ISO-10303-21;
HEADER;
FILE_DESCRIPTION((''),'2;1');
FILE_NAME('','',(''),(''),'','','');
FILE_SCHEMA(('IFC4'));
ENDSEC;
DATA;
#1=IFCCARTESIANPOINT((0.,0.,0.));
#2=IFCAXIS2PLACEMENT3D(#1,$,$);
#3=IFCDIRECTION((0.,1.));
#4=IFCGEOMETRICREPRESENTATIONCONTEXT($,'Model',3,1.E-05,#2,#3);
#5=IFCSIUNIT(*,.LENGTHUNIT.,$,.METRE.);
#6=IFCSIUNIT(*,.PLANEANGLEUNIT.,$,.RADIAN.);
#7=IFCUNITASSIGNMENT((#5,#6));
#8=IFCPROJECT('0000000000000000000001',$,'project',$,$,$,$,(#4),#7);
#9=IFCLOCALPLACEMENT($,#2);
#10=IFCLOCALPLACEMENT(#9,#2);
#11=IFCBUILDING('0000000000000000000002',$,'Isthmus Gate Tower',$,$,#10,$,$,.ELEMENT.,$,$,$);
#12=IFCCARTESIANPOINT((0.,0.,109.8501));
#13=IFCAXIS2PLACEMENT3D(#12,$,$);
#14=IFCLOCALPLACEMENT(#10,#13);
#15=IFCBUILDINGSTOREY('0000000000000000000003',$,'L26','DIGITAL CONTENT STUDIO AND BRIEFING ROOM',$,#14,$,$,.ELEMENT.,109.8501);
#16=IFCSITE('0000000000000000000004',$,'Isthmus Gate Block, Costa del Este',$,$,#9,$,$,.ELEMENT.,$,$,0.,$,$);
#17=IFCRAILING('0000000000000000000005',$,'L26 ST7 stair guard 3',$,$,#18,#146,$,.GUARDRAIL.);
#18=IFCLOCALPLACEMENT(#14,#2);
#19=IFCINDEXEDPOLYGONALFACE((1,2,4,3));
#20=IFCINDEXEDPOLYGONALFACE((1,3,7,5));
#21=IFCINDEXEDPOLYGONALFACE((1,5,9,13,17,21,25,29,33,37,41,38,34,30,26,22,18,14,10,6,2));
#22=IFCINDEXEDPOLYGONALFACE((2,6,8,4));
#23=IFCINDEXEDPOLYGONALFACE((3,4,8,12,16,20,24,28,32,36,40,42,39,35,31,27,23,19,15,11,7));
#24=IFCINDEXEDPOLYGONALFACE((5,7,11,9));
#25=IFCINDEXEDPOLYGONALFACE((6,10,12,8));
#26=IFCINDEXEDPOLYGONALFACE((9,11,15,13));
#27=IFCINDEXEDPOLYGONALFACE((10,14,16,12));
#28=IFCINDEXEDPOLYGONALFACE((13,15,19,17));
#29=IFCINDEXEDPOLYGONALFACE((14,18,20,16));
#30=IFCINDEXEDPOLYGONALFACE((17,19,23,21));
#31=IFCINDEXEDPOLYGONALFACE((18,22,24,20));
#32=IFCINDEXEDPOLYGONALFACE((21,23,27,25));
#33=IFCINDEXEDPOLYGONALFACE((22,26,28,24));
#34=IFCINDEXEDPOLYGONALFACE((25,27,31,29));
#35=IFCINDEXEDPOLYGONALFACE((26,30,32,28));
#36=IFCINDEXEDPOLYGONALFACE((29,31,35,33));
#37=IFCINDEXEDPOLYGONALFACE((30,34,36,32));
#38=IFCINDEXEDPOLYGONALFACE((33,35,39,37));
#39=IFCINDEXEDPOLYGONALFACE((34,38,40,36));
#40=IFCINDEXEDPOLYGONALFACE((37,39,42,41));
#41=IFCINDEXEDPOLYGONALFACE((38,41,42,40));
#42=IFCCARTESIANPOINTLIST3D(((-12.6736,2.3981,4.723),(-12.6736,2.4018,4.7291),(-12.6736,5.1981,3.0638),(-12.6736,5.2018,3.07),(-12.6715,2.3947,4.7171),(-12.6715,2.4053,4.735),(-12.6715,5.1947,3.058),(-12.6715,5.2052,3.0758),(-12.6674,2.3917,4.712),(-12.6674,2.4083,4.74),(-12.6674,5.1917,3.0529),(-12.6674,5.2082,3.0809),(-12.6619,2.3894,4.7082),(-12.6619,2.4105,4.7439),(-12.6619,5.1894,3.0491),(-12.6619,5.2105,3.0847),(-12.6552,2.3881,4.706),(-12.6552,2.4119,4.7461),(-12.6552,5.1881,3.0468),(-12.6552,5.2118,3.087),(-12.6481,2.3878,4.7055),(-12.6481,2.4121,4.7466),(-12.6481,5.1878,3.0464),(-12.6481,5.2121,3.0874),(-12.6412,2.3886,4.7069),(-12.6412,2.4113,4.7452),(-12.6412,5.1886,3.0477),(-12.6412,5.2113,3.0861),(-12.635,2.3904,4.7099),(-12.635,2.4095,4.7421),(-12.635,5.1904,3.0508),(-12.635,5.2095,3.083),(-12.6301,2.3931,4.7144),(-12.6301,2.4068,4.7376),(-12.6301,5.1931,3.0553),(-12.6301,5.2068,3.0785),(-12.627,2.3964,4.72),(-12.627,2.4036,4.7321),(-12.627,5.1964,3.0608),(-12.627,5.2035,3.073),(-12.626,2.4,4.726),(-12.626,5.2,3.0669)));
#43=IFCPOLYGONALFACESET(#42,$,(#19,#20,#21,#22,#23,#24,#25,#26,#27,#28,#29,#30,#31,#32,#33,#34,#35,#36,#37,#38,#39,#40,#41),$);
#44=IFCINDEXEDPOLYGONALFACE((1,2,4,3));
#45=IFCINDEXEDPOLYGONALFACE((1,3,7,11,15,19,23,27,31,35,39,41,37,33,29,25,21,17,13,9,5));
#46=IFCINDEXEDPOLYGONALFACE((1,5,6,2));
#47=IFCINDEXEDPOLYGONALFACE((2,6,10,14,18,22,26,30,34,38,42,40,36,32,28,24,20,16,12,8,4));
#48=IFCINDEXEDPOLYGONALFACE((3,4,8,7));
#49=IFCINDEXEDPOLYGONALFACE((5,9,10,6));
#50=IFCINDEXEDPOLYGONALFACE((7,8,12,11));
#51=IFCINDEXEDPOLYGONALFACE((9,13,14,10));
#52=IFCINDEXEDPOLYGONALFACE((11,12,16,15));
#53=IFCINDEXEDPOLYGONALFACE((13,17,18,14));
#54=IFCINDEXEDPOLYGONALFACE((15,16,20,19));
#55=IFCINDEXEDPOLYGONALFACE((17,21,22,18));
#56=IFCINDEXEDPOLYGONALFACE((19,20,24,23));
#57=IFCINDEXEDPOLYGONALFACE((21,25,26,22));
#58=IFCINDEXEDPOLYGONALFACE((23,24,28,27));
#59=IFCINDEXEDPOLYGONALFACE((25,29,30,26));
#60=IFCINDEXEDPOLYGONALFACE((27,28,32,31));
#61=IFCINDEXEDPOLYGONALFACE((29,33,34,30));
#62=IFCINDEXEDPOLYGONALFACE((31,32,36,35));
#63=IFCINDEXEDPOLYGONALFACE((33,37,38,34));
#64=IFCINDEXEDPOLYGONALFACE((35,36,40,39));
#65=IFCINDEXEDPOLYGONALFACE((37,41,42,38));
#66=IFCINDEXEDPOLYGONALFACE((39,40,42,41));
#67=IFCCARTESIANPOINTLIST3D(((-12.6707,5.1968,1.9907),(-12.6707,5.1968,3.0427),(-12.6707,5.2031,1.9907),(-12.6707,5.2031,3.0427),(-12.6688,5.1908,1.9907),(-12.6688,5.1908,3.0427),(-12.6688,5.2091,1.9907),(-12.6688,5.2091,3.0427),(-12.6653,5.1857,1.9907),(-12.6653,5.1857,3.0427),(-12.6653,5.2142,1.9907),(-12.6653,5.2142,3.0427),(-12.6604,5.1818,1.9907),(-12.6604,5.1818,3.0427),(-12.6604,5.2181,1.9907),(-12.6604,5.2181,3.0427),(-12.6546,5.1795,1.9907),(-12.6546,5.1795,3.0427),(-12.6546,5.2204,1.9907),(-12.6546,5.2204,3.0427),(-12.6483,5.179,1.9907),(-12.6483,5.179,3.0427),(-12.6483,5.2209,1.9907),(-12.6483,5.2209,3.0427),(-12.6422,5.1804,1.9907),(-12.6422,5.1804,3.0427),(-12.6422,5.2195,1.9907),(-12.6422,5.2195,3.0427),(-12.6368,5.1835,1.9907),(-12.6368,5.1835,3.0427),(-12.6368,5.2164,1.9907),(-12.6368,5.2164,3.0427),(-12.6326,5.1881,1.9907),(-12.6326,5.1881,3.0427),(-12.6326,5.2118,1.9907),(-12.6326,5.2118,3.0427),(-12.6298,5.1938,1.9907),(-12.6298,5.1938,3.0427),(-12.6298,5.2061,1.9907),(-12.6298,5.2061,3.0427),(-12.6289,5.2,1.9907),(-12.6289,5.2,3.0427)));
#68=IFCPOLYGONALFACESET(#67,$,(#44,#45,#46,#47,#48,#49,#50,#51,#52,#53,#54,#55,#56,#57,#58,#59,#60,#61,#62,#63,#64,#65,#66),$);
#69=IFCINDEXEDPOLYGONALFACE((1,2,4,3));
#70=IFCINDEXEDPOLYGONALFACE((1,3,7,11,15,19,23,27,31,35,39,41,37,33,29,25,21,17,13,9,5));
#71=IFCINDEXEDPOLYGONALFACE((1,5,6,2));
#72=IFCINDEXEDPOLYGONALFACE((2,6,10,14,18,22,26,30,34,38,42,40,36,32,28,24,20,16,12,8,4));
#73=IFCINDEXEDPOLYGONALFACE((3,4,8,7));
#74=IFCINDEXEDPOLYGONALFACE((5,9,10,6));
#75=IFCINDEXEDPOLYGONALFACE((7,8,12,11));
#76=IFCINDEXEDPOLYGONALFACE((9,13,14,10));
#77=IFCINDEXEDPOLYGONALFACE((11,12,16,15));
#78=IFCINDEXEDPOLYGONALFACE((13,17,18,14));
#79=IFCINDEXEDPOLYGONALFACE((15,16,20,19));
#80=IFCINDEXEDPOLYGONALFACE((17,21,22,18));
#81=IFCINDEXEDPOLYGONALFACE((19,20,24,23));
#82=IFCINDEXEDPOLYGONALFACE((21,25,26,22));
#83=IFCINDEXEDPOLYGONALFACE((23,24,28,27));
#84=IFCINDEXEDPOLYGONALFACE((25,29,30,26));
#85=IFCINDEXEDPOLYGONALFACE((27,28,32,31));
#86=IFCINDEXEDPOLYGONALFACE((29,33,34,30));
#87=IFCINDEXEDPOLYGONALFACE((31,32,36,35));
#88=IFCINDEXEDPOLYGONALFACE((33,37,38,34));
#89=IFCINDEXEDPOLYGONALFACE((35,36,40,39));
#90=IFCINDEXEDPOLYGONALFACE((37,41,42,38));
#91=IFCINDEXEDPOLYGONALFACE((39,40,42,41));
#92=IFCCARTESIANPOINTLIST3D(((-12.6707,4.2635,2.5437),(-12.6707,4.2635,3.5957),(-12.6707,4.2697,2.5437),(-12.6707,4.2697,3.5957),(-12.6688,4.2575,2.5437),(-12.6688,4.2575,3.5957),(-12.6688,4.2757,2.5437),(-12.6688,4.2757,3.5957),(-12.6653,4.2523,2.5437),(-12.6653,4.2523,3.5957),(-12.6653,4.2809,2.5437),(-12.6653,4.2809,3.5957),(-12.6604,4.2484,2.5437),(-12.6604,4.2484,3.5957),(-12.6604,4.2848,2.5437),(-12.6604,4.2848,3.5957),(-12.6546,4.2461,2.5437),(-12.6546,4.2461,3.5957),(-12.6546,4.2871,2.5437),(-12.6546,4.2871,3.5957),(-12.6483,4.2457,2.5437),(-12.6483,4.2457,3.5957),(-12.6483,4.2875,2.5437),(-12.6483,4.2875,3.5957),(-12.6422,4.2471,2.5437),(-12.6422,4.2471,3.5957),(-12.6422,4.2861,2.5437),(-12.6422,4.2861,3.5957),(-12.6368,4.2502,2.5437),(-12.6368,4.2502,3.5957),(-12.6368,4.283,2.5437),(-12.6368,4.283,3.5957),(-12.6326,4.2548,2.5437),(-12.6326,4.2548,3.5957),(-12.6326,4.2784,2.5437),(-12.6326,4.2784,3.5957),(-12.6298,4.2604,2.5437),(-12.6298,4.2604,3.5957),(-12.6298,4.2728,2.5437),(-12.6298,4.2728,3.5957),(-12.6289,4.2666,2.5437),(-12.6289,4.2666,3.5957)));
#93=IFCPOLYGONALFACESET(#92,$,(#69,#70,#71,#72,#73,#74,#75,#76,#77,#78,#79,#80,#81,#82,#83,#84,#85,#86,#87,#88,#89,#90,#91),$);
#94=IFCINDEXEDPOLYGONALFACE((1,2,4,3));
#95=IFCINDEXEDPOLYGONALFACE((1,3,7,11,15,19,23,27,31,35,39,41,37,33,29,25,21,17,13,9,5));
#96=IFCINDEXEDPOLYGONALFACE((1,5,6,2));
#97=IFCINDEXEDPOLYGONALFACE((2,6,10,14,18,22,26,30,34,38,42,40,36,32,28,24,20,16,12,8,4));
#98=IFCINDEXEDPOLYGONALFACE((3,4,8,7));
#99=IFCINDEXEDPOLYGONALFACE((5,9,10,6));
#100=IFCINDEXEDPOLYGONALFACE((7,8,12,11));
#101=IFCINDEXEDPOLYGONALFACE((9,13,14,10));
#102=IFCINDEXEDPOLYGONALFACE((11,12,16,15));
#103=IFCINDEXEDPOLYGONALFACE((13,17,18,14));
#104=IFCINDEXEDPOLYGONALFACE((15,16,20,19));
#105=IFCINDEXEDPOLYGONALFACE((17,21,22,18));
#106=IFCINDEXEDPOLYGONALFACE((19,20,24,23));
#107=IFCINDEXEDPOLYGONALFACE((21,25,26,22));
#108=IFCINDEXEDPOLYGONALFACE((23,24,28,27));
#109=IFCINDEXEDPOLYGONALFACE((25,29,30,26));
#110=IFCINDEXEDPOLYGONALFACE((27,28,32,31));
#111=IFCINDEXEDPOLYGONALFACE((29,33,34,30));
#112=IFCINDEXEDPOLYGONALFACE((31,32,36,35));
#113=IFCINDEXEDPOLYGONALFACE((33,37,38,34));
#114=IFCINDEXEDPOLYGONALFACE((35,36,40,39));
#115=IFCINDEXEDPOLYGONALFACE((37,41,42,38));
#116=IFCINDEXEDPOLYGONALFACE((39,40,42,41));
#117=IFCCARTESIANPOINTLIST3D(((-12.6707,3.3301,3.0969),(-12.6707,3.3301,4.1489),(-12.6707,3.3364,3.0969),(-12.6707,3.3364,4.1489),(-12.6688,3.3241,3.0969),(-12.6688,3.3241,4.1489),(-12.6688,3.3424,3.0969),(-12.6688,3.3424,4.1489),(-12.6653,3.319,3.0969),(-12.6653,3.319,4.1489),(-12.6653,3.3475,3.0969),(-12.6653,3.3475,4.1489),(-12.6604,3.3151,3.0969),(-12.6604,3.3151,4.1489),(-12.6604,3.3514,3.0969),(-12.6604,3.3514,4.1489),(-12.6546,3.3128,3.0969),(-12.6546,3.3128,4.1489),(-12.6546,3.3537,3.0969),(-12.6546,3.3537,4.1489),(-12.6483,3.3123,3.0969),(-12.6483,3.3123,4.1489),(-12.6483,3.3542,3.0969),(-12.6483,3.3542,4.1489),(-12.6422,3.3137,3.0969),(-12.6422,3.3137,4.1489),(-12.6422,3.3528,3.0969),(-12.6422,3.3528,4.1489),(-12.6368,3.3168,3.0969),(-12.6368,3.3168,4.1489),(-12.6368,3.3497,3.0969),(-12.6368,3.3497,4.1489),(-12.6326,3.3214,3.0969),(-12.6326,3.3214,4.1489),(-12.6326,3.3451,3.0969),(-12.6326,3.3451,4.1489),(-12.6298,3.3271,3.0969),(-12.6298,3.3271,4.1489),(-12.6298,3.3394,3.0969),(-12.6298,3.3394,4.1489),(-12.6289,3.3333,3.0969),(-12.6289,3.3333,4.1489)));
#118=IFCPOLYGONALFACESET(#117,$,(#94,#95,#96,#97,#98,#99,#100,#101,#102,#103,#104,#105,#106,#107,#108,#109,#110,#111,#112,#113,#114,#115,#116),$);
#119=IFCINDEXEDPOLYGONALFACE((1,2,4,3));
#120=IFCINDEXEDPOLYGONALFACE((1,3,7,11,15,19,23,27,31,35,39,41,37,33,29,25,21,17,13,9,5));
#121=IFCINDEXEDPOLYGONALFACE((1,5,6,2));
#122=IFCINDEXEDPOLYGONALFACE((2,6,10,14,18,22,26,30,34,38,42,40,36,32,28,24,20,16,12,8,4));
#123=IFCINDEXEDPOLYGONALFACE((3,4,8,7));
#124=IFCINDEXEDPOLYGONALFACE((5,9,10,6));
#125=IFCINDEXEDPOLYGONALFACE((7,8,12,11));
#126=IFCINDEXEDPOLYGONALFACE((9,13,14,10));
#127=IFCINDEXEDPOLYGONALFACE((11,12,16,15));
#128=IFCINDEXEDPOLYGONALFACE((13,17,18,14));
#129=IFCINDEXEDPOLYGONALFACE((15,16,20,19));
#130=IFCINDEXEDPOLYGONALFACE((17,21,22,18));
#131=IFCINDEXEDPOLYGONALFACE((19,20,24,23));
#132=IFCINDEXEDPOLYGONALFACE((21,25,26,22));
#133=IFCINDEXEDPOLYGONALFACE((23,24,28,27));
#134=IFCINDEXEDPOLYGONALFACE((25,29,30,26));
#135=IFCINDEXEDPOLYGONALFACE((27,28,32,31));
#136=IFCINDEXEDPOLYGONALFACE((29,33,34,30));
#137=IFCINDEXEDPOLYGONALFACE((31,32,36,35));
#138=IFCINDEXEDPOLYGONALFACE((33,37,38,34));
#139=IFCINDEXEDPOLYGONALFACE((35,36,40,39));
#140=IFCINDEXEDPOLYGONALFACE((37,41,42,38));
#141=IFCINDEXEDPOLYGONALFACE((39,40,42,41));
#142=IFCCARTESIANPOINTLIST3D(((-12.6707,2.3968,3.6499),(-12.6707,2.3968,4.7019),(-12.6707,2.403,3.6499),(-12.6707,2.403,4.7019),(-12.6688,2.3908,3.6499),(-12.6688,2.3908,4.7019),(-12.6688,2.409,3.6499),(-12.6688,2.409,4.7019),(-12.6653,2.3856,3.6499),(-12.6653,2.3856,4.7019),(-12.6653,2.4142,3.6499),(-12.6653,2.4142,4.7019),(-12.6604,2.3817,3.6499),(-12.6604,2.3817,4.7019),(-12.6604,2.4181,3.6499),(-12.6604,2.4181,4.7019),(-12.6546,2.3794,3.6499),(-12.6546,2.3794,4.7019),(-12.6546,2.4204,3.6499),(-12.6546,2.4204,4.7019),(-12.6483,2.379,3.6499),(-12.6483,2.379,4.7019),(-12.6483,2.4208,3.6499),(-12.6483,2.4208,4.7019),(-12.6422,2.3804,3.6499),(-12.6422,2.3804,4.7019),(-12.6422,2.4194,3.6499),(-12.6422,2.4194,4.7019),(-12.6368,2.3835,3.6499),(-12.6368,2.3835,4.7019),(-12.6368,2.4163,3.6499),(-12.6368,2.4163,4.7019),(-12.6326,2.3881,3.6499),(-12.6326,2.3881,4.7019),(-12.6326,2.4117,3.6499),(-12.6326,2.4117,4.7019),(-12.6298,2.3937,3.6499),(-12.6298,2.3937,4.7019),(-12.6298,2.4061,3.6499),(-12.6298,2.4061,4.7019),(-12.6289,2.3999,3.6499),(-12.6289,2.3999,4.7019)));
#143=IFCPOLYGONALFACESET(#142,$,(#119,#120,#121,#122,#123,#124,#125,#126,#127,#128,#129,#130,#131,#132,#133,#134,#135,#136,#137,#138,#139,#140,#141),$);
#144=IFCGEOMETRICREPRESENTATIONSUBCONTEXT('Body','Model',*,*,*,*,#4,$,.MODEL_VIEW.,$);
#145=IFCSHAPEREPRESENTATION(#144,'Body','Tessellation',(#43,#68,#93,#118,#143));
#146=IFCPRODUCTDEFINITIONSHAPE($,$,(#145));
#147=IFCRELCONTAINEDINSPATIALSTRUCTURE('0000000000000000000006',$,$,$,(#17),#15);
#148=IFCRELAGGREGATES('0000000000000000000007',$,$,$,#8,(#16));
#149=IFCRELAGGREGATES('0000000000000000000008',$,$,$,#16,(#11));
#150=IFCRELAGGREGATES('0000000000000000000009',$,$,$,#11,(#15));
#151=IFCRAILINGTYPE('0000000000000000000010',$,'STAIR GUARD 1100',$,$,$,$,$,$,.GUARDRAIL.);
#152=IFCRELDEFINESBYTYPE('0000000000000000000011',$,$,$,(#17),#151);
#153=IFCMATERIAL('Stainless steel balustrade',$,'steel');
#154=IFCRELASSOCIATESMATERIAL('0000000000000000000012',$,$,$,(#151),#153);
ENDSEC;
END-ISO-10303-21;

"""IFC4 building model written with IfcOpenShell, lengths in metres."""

from ifc_helpers import new_model, si_unit, direction, frame, origin, origin_2d, place, context, subcontext, project, spatial, circle, extrude, material, type_object, element, save


model = new_model("IFC4")

# Units and contexts
model_context = context("Model", 3, precision=1e-05, world=origin(), true_north=direction((0.0, 1.0)))
body_context = subcontext(model_context, "Body", "Model", "MODEL_VIEW")
ifc_project = project(units=[si_unit("LENGTHUNIT", "METRE"), si_unit("PLANEANGLEUNIT", "RADIAN")], contexts=[model_context])

# Site, building, storey
site_placement = place(None, origin())
site = spatial("IfcSite", under=ifc_project, at=site_placement, Name="Isthmus Gate Block, Costa del Este", CompositionType="ELEMENT", RefElevation=0.0)
building_placement = place(site_placement, origin())
building = spatial("IfcBuilding", under=site, at=building_placement, Name="Isthmus Gate Tower", CompositionType="ELEMENT")
storey_placement = place(building_placement, frame((0.0, 0.0, 109.8501)))
storey = spatial("IfcBuildingStorey", under=building, at=storey_placement, Name="L26", Description="DIGITAL CONTENT STUDIO AND BRIEFING ROOM", CompositionType="ELEMENT", Elevation=109.8501)

# Railing
ifc_material_1 = material(Name="Stainless steel balustrade", Category="steel")
railing_type_1 = type_object("IfcRailingType", Name="STAIR GUARD 1100", PredefinedType="GUARDRAIL", material=ifc_material_1)
railing_1_placement = place(storey_placement, frame((-12.6499, 5.2, 1.9907)))
element("IfcRailing", 1, at=railing_1_placement, inside=storey, type_object=railing_type_1, Name="L26 ST7 stair guard 3", PredefinedType="GUARDRAIL", context=body_context, shape_type="SweptSolid", body=[
    extrude(circle(Radius=0.0239, at=origin_2d()), frame((0.0, 0.0, 1.0762), z_axis=(0.0, -0.860306, 0.509778), x_axis=(1.0, 0.0, 0.0)), (0.0, 0.0, 1.0), 3.2546),
    extrude(circle(Radius=0.021, at=origin_2d()), origin(), (0.0, 0.0, 1.0), 1.052),
    extrude(circle(Radius=0.021, at=origin_2d()), frame((0.0, -0.9333, 0.553)), (0.0, 0.0, 1.0), 1.052),
    extrude(circle(Radius=0.021, at=origin_2d()), frame((0.0, -1.8667, 1.1062)), (0.0, 0.0, 1.0), 1.052),
    extrude(circle(Radius=0.021, at=origin_2d()), frame((0.0, -2.8, 1.6592)), (0.0, 0.0, 1.0), 1.052),
])

save(model, "model.ifc")
